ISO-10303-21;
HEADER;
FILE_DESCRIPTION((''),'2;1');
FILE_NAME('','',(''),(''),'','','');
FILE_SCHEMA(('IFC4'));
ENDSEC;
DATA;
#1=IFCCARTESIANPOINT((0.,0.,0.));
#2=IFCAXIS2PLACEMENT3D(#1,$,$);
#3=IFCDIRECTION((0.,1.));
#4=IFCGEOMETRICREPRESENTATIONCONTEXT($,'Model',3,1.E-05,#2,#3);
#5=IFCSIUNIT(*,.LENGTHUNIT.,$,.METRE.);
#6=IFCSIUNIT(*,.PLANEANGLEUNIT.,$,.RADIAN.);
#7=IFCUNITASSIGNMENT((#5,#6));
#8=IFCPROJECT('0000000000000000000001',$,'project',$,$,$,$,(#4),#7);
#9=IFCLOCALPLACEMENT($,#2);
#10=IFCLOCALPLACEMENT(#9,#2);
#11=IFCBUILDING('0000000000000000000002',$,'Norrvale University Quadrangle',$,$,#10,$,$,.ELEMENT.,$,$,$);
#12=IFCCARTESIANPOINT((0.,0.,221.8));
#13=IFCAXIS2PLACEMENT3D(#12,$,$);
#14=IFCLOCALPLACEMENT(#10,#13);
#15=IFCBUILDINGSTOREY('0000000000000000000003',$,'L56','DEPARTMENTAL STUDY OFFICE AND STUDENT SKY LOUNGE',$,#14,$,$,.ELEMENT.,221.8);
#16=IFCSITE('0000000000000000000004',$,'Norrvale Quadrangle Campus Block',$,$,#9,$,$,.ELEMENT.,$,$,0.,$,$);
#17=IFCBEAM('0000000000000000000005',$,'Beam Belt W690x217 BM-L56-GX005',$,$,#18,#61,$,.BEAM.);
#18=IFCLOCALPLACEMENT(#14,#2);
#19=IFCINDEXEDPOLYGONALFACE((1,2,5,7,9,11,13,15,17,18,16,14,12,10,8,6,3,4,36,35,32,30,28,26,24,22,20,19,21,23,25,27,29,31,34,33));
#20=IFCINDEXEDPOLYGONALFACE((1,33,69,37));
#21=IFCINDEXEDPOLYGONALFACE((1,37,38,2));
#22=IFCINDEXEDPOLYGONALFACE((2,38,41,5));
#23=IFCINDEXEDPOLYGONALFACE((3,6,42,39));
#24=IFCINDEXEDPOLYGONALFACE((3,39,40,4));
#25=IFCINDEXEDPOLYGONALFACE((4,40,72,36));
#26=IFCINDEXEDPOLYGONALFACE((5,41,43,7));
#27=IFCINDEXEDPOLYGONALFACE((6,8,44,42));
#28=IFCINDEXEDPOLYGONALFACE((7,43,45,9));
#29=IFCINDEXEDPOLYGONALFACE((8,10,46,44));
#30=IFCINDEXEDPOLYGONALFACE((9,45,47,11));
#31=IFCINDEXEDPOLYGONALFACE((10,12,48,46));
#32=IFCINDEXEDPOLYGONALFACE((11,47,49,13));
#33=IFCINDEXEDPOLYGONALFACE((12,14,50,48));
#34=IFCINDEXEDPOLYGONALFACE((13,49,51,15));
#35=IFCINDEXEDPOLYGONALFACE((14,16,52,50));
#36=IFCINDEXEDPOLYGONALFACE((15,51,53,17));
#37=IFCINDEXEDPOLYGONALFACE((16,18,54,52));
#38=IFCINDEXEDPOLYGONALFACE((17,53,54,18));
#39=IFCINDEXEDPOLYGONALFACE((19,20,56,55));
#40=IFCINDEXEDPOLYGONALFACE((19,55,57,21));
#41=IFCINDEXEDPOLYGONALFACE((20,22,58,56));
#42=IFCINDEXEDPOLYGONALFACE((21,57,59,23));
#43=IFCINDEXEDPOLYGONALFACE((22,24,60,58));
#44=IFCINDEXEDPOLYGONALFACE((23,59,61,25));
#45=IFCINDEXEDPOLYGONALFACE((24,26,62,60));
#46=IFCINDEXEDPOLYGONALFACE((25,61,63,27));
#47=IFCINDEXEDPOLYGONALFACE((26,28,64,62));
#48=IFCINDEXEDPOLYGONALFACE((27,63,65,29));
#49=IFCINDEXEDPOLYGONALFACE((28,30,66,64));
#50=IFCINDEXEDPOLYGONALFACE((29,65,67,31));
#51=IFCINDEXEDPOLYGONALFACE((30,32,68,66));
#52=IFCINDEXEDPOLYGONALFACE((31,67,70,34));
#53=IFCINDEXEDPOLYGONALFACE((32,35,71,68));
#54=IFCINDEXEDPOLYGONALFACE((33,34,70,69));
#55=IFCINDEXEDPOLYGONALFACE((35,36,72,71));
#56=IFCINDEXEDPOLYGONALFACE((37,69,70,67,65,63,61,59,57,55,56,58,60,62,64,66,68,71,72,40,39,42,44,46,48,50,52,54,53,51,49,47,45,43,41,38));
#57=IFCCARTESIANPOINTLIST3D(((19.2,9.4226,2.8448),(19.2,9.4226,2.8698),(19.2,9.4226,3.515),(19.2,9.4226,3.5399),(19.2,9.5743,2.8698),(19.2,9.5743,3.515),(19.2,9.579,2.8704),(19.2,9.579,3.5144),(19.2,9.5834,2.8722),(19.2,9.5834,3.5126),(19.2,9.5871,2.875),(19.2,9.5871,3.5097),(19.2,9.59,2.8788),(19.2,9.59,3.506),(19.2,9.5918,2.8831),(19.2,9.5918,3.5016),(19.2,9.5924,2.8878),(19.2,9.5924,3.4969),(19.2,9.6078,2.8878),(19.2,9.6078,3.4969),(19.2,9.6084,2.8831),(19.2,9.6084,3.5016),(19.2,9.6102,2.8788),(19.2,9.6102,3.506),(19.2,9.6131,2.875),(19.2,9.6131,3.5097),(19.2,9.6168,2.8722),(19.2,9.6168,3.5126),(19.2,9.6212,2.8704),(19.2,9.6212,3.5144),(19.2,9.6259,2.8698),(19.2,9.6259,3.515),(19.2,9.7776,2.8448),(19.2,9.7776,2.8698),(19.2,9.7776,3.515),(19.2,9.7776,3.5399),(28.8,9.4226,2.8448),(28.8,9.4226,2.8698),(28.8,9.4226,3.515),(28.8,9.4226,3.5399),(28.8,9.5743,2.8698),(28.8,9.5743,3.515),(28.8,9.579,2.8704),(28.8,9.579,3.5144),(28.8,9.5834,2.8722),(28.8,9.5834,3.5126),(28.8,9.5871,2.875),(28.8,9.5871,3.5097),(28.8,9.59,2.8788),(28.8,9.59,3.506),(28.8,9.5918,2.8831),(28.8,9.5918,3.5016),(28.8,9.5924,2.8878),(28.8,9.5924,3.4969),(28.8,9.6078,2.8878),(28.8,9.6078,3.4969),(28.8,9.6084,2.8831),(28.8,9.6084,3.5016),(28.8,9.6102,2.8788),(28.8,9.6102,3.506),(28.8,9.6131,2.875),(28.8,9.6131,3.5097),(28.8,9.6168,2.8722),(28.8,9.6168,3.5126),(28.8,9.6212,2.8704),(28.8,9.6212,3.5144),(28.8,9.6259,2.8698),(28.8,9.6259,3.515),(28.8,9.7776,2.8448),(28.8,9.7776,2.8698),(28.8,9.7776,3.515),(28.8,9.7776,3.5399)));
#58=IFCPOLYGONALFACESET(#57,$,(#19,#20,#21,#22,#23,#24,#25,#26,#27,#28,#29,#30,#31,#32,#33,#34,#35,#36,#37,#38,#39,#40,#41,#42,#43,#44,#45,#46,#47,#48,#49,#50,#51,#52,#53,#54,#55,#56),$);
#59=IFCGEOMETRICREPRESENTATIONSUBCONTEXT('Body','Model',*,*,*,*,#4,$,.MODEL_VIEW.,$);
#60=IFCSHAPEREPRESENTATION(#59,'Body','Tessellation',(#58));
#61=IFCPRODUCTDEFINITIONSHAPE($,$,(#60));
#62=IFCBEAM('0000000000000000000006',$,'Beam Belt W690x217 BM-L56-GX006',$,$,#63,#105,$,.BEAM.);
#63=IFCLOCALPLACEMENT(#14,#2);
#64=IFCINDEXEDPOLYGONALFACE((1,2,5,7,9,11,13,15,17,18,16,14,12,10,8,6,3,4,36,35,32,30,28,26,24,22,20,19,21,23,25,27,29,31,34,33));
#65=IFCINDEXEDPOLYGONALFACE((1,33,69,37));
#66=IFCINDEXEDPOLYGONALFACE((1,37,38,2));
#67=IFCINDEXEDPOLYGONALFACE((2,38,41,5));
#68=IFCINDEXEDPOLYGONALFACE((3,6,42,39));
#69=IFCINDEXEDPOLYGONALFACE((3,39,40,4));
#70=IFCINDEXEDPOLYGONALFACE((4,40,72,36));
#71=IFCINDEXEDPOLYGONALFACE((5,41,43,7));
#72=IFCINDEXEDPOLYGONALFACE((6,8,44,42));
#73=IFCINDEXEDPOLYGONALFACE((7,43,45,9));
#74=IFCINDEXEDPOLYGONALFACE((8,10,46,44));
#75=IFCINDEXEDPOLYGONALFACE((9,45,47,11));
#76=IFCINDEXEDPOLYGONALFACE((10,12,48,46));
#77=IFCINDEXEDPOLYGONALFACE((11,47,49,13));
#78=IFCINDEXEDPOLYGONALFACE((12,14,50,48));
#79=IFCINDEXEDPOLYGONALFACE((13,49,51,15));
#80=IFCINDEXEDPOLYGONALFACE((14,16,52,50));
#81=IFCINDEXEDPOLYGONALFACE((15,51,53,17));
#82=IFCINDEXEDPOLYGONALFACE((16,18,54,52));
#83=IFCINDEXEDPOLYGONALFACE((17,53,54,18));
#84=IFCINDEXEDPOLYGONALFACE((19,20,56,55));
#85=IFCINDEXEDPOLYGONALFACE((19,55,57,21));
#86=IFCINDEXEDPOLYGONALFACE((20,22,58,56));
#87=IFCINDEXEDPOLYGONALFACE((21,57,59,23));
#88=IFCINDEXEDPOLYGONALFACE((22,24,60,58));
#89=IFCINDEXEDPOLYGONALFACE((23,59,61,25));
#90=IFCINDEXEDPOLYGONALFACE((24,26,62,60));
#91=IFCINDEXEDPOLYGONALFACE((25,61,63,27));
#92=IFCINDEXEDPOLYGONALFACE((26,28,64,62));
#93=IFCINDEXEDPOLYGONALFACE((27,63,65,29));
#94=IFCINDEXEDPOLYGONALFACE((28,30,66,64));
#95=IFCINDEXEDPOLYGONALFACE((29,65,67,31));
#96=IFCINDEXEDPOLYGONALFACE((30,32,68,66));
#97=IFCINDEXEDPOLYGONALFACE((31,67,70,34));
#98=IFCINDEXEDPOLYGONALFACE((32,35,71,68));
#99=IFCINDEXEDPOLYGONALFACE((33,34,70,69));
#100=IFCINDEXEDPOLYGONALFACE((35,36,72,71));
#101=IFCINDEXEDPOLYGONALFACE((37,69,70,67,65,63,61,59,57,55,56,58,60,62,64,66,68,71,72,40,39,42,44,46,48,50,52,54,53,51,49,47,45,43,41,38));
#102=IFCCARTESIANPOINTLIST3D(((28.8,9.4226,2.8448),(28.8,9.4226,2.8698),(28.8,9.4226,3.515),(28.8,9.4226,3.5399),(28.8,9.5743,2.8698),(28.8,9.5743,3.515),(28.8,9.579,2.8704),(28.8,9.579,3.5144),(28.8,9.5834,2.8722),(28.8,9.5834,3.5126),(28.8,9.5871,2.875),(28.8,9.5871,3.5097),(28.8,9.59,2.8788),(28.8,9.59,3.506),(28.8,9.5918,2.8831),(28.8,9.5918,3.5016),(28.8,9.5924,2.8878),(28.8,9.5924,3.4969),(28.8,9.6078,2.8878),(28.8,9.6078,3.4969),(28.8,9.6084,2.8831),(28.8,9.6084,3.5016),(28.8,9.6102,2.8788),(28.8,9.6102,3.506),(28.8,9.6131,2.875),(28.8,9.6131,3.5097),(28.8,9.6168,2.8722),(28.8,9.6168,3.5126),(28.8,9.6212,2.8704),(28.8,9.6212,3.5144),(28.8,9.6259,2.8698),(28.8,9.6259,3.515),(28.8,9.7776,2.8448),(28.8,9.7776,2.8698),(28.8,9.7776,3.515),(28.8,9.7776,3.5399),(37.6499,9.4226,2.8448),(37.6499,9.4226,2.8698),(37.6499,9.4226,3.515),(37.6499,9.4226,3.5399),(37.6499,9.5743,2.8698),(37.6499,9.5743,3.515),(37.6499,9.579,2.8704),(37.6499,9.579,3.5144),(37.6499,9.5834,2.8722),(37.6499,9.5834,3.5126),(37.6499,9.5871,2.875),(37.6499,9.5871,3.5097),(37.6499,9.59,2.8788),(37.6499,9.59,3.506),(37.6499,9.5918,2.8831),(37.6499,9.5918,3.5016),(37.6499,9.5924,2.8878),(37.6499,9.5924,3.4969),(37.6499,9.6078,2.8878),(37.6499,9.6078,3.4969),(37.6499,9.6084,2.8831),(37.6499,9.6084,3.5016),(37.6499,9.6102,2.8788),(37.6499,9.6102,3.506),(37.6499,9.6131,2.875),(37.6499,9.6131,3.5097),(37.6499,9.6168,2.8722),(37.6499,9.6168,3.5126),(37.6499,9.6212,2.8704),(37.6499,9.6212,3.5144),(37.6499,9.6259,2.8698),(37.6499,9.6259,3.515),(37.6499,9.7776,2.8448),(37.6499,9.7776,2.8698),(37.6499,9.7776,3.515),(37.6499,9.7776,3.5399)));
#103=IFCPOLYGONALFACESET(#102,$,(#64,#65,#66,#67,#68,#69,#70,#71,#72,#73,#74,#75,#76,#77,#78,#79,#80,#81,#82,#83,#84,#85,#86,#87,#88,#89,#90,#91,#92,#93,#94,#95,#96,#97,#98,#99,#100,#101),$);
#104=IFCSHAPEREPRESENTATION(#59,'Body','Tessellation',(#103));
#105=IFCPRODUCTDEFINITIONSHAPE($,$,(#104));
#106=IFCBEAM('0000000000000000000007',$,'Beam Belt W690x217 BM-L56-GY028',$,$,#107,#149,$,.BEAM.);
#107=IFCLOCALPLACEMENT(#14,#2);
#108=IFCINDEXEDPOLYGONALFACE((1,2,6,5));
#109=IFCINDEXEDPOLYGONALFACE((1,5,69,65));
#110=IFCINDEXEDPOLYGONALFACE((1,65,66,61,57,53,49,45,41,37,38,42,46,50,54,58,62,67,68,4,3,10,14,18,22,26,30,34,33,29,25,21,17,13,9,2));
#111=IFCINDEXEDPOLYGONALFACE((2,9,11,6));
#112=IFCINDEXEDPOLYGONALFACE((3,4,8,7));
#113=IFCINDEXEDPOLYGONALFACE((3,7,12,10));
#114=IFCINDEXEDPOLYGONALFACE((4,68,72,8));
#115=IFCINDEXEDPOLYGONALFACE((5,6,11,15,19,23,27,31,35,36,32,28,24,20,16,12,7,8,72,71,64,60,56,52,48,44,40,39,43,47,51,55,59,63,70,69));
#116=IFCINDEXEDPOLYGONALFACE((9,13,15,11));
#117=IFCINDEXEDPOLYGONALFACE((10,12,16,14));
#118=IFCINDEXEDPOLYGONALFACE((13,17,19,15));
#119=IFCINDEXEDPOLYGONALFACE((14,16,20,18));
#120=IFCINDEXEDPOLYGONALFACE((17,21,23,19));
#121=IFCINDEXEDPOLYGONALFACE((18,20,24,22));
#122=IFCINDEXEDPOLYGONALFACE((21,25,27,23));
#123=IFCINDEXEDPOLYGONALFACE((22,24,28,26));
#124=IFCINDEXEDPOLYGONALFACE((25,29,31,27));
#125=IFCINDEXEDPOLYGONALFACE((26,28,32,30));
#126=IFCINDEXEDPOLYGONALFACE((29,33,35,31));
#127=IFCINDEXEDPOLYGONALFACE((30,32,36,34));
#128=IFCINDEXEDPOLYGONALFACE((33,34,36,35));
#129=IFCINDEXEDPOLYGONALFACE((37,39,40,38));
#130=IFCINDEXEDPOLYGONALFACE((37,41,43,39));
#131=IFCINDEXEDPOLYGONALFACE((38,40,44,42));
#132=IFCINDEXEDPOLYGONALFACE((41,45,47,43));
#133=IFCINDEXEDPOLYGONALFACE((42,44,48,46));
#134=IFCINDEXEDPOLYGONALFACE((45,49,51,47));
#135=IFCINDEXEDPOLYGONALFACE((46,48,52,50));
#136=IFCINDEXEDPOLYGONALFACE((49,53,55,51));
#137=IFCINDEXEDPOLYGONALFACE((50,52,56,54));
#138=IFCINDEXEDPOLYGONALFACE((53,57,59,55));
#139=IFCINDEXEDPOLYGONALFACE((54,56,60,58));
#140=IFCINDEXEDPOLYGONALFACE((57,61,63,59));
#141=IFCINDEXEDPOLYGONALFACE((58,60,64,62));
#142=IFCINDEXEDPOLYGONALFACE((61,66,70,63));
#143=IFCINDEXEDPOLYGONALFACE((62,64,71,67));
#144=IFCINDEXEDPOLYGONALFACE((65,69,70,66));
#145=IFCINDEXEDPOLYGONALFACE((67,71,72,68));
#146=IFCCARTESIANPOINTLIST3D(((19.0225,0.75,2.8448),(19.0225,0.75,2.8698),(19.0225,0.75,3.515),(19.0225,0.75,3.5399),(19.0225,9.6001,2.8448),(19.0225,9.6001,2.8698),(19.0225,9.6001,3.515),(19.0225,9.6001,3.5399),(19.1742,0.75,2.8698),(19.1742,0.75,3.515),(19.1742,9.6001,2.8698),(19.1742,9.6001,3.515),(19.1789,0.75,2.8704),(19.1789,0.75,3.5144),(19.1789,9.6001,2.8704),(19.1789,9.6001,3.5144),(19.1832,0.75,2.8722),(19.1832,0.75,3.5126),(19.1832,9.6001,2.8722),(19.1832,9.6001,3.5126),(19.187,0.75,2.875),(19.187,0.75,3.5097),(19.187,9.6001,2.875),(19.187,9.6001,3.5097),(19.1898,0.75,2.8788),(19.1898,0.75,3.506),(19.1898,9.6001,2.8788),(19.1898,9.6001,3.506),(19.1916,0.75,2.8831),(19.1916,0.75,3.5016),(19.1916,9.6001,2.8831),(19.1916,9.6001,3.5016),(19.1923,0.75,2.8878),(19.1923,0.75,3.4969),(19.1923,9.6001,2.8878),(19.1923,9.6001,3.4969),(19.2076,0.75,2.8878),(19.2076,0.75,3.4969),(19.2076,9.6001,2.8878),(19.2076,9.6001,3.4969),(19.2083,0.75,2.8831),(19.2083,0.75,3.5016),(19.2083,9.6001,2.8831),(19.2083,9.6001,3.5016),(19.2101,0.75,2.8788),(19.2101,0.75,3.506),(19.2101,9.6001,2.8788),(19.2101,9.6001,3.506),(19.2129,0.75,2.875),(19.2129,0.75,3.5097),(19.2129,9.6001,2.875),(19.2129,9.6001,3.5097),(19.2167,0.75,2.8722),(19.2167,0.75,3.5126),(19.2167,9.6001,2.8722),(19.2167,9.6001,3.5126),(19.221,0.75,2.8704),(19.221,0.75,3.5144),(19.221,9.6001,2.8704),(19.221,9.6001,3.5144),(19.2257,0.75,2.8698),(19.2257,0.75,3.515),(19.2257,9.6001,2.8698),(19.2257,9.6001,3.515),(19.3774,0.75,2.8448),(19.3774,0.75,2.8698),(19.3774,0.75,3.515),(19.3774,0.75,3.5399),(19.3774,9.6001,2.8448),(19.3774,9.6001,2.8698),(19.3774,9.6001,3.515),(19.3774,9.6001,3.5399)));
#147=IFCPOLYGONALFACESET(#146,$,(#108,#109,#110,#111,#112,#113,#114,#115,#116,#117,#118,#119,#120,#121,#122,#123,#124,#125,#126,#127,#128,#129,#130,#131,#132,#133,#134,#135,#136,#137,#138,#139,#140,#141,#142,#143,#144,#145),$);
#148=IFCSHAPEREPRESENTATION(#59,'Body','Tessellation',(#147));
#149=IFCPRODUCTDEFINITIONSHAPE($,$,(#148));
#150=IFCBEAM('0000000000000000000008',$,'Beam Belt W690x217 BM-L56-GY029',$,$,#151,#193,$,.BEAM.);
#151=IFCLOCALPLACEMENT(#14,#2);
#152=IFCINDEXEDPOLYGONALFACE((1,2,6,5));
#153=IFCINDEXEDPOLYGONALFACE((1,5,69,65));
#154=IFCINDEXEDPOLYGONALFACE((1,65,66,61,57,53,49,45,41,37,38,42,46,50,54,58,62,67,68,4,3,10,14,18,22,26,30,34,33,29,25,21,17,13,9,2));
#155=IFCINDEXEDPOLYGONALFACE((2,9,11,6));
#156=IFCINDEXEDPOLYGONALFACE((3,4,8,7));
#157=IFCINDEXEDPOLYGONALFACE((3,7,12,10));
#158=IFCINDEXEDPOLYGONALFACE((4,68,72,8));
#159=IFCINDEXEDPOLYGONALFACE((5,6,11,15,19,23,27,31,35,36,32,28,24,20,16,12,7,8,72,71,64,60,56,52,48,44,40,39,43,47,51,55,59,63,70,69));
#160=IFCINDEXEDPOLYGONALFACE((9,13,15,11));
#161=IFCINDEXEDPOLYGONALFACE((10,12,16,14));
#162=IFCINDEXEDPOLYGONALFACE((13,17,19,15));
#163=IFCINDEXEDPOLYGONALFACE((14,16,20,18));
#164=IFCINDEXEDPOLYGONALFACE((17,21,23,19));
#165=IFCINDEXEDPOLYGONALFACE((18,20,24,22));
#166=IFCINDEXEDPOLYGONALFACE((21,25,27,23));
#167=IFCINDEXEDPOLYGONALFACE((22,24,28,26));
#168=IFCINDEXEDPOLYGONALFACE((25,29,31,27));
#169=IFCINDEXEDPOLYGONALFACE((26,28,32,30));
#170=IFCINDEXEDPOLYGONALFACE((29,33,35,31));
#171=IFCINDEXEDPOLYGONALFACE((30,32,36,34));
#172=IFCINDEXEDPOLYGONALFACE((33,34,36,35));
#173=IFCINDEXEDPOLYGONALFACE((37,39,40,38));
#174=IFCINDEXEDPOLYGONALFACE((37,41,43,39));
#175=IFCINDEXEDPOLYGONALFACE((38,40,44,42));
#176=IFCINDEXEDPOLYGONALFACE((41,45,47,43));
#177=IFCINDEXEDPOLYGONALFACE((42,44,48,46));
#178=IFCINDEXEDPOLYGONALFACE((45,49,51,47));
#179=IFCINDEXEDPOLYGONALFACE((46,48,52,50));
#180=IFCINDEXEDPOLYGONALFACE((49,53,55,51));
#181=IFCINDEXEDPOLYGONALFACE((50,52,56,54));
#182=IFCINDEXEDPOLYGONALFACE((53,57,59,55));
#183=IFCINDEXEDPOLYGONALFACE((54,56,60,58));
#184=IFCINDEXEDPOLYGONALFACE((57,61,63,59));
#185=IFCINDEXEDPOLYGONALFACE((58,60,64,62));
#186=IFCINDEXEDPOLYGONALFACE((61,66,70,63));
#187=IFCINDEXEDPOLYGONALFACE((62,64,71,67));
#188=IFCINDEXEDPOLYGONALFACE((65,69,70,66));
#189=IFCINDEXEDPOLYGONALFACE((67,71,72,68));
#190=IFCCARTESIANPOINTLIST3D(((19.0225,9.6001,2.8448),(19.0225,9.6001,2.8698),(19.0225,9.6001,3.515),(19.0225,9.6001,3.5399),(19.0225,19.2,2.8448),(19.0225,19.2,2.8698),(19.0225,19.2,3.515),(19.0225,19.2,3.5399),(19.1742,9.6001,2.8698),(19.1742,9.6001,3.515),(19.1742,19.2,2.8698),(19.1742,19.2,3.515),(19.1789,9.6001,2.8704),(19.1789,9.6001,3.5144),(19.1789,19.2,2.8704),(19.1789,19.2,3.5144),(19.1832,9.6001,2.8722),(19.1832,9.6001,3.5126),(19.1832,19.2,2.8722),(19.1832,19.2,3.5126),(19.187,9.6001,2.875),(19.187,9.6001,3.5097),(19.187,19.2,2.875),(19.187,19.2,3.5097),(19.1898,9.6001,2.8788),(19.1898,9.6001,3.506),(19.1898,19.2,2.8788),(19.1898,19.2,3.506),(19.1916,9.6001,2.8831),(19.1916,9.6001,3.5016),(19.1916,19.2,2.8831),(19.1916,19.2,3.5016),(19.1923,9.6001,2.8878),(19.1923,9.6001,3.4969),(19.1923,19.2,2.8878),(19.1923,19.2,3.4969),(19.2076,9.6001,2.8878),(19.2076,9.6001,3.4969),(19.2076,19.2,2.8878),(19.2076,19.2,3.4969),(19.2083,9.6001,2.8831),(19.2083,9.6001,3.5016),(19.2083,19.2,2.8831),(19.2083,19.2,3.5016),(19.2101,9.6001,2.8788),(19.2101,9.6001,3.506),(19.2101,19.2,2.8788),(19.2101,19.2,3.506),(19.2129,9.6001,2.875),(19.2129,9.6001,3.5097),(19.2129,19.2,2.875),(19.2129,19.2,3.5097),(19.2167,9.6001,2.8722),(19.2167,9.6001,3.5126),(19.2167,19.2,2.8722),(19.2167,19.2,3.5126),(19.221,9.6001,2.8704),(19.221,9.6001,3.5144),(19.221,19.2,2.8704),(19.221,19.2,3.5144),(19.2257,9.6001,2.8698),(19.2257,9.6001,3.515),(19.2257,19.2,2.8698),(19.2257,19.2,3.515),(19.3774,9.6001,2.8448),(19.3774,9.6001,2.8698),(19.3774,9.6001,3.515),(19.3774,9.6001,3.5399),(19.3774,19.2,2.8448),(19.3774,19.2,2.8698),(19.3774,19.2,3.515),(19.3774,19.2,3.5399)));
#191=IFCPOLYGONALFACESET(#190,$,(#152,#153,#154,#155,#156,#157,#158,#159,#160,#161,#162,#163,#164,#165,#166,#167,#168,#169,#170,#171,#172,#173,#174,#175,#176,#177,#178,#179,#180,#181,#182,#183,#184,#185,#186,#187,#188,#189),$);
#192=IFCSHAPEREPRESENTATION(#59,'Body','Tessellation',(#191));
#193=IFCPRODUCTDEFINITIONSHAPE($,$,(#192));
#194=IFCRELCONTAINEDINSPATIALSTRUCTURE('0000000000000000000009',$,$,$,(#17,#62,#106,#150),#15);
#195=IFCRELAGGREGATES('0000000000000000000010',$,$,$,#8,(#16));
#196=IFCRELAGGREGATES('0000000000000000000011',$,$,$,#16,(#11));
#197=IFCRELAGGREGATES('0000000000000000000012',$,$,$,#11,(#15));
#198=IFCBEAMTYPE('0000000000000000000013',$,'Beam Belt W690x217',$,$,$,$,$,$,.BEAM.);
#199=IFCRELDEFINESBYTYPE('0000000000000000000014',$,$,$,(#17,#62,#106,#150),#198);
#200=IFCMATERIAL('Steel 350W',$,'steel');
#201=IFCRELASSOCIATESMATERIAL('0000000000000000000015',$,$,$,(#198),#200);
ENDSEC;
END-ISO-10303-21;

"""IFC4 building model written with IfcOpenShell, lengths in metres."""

from ifc_helpers import new_model, si_unit, direction, frame, origin, origin_2d, place, context, subcontext, project, spatial, i_section, extrude, material, material_profile, profile_set, type_object, element, save


model = new_model("IFC4")

# Units and contexts
model_context = context("Model", 3, precision=1e-05, world=origin(), true_north=direction((0.0, 1.0)))
body_context = subcontext(model_context, "Body", "Model", "MODEL_VIEW")
ifc_project = project(units=[si_unit("LENGTHUNIT", "METRE"), si_unit("PLANEANGLEUNIT", "RADIAN")], contexts=[model_context])

# Site, building, storey
site_placement = place(None, origin())
site = spatial("IfcSite", under=ifc_project, at=site_placement, Name="Norrvale Quadrangle Campus Block", CompositionType="ELEMENT", RefElevation=0.0)
building_placement = place(site_placement, origin())
building = spatial("IfcBuilding", under=site, at=building_placement, Name="Norrvale University Quadrangle", CompositionType="ELEMENT")
storey_placement = place(building_placement, frame((0.0, 0.0, 221.8)))
storey = spatial("IfcBuildingStorey", under=building, at=storey_placement, Name="L56", Description="DEPARTMENTAL STUDY OFFICE AND STUDENT SKY LOUNGE", CompositionType="ELEMENT", Elevation=221.8)

# Beams
ifc_material_1 = material(Name="Steel 350W", Category="steel")
ifc_material_profile_1 = material_profile(ifc_material_1, i_section(OverallWidth=0.355, OverallDepth=0.6951, WebThickness=0.0154, FlangeThickness=0.0249, FilletRadius=0.0181, at=origin_2d()), Name="Steel 350W")
ifc_profile_set_1 = profile_set([ifc_material_profile_1], Name="Steel 350W")
beam_type_1 = type_object("IfcBeamType", Name="Beam Belt W690x217", PredefinedType="BEAM", material=ifc_profile_set_1)
beam_1_placement = place(storey_placement, frame((19.2, 9.6001, 3.1924), z_axis=(1.0, 0.0, 0.0), x_axis=(0.0, 1.0, 0.0)))
element("IfcBeam", 1, at=beam_1_placement, inside=storey, type_object=beam_type_1, Name="Beam Belt W690x217 BM-L56-GX005", PredefinedType="BEAM", context=body_context, shape_type="SweptSolid", body=[
    extrude(i_section(OverallWidth=0.355, OverallDepth=0.6951, WebThickness=0.0154, FlangeThickness=0.0249, FilletRadius=0.0181, at=origin_2d()), origin(), (0.0, 0.0, 1.0), 9.6001),
])
beam_2_placement = place(storey_placement, frame((28.8, 9.6001, 3.1924), z_axis=(1.0, 0.0, 0.0), x_axis=(0.0, 1.0, 0.0)))
element("IfcBeam", 2, at=beam_2_placement, inside=storey, type_object=beam_type_1, Name="Beam Belt W690x217 BM-L56-GX006", PredefinedType="BEAM", context=body_context, shape_type="SweptSolid", body=[
    extrude(i_section(OverallWidth=0.355, OverallDepth=0.6951, WebThickness=0.0154, FlangeThickness=0.0249, FilletRadius=0.0181, at=origin_2d()), origin(), (0.0, 0.0, 1.0), 8.8499),
])
beam_3_placement = place(storey_placement, frame((19.2, 0.75, 3.1924), z_axis=(0.0, 1.0, 0.0), x_axis=(-1.0, 0.0, 0.0)))
element("IfcBeam", 3, at=beam_3_placement, inside=storey, type_object=beam_type_1, Name="Beam Belt W690x217 BM-L56-GY028", PredefinedType="BEAM", context=body_context, shape_type="SweptSolid", body=[
    extrude(i_section(OverallWidth=0.355, OverallDepth=0.6951, WebThickness=0.0154, FlangeThickness=0.0249, FilletRadius=0.0181, at=origin_2d()), origin(), (0.0, 0.0, 1.0), 8.8501),
])
beam_4_placement = place(storey_placement, frame((19.2, 9.6001, 3.1924), z_axis=(0.0, 1.0, 0.0), x_axis=(-1.0, 0.0, 0.0)))
element("IfcBeam", 4, at=beam_4_placement, inside=storey, type_object=beam_type_1, Name="Beam Belt W690x217 BM-L56-GY029", PredefinedType="BEAM", context=body_context, shape_type="SweptSolid", body=[
    extrude(i_section(OverallWidth=0.355, OverallDepth=0.6951, WebThickness=0.0154, FlangeThickness=0.0249, FilletRadius=0.0181, at=origin_2d()), origin(), (0.0, 0.0, 1.0), 9.5999),
])

save(model, "model.ifc")
